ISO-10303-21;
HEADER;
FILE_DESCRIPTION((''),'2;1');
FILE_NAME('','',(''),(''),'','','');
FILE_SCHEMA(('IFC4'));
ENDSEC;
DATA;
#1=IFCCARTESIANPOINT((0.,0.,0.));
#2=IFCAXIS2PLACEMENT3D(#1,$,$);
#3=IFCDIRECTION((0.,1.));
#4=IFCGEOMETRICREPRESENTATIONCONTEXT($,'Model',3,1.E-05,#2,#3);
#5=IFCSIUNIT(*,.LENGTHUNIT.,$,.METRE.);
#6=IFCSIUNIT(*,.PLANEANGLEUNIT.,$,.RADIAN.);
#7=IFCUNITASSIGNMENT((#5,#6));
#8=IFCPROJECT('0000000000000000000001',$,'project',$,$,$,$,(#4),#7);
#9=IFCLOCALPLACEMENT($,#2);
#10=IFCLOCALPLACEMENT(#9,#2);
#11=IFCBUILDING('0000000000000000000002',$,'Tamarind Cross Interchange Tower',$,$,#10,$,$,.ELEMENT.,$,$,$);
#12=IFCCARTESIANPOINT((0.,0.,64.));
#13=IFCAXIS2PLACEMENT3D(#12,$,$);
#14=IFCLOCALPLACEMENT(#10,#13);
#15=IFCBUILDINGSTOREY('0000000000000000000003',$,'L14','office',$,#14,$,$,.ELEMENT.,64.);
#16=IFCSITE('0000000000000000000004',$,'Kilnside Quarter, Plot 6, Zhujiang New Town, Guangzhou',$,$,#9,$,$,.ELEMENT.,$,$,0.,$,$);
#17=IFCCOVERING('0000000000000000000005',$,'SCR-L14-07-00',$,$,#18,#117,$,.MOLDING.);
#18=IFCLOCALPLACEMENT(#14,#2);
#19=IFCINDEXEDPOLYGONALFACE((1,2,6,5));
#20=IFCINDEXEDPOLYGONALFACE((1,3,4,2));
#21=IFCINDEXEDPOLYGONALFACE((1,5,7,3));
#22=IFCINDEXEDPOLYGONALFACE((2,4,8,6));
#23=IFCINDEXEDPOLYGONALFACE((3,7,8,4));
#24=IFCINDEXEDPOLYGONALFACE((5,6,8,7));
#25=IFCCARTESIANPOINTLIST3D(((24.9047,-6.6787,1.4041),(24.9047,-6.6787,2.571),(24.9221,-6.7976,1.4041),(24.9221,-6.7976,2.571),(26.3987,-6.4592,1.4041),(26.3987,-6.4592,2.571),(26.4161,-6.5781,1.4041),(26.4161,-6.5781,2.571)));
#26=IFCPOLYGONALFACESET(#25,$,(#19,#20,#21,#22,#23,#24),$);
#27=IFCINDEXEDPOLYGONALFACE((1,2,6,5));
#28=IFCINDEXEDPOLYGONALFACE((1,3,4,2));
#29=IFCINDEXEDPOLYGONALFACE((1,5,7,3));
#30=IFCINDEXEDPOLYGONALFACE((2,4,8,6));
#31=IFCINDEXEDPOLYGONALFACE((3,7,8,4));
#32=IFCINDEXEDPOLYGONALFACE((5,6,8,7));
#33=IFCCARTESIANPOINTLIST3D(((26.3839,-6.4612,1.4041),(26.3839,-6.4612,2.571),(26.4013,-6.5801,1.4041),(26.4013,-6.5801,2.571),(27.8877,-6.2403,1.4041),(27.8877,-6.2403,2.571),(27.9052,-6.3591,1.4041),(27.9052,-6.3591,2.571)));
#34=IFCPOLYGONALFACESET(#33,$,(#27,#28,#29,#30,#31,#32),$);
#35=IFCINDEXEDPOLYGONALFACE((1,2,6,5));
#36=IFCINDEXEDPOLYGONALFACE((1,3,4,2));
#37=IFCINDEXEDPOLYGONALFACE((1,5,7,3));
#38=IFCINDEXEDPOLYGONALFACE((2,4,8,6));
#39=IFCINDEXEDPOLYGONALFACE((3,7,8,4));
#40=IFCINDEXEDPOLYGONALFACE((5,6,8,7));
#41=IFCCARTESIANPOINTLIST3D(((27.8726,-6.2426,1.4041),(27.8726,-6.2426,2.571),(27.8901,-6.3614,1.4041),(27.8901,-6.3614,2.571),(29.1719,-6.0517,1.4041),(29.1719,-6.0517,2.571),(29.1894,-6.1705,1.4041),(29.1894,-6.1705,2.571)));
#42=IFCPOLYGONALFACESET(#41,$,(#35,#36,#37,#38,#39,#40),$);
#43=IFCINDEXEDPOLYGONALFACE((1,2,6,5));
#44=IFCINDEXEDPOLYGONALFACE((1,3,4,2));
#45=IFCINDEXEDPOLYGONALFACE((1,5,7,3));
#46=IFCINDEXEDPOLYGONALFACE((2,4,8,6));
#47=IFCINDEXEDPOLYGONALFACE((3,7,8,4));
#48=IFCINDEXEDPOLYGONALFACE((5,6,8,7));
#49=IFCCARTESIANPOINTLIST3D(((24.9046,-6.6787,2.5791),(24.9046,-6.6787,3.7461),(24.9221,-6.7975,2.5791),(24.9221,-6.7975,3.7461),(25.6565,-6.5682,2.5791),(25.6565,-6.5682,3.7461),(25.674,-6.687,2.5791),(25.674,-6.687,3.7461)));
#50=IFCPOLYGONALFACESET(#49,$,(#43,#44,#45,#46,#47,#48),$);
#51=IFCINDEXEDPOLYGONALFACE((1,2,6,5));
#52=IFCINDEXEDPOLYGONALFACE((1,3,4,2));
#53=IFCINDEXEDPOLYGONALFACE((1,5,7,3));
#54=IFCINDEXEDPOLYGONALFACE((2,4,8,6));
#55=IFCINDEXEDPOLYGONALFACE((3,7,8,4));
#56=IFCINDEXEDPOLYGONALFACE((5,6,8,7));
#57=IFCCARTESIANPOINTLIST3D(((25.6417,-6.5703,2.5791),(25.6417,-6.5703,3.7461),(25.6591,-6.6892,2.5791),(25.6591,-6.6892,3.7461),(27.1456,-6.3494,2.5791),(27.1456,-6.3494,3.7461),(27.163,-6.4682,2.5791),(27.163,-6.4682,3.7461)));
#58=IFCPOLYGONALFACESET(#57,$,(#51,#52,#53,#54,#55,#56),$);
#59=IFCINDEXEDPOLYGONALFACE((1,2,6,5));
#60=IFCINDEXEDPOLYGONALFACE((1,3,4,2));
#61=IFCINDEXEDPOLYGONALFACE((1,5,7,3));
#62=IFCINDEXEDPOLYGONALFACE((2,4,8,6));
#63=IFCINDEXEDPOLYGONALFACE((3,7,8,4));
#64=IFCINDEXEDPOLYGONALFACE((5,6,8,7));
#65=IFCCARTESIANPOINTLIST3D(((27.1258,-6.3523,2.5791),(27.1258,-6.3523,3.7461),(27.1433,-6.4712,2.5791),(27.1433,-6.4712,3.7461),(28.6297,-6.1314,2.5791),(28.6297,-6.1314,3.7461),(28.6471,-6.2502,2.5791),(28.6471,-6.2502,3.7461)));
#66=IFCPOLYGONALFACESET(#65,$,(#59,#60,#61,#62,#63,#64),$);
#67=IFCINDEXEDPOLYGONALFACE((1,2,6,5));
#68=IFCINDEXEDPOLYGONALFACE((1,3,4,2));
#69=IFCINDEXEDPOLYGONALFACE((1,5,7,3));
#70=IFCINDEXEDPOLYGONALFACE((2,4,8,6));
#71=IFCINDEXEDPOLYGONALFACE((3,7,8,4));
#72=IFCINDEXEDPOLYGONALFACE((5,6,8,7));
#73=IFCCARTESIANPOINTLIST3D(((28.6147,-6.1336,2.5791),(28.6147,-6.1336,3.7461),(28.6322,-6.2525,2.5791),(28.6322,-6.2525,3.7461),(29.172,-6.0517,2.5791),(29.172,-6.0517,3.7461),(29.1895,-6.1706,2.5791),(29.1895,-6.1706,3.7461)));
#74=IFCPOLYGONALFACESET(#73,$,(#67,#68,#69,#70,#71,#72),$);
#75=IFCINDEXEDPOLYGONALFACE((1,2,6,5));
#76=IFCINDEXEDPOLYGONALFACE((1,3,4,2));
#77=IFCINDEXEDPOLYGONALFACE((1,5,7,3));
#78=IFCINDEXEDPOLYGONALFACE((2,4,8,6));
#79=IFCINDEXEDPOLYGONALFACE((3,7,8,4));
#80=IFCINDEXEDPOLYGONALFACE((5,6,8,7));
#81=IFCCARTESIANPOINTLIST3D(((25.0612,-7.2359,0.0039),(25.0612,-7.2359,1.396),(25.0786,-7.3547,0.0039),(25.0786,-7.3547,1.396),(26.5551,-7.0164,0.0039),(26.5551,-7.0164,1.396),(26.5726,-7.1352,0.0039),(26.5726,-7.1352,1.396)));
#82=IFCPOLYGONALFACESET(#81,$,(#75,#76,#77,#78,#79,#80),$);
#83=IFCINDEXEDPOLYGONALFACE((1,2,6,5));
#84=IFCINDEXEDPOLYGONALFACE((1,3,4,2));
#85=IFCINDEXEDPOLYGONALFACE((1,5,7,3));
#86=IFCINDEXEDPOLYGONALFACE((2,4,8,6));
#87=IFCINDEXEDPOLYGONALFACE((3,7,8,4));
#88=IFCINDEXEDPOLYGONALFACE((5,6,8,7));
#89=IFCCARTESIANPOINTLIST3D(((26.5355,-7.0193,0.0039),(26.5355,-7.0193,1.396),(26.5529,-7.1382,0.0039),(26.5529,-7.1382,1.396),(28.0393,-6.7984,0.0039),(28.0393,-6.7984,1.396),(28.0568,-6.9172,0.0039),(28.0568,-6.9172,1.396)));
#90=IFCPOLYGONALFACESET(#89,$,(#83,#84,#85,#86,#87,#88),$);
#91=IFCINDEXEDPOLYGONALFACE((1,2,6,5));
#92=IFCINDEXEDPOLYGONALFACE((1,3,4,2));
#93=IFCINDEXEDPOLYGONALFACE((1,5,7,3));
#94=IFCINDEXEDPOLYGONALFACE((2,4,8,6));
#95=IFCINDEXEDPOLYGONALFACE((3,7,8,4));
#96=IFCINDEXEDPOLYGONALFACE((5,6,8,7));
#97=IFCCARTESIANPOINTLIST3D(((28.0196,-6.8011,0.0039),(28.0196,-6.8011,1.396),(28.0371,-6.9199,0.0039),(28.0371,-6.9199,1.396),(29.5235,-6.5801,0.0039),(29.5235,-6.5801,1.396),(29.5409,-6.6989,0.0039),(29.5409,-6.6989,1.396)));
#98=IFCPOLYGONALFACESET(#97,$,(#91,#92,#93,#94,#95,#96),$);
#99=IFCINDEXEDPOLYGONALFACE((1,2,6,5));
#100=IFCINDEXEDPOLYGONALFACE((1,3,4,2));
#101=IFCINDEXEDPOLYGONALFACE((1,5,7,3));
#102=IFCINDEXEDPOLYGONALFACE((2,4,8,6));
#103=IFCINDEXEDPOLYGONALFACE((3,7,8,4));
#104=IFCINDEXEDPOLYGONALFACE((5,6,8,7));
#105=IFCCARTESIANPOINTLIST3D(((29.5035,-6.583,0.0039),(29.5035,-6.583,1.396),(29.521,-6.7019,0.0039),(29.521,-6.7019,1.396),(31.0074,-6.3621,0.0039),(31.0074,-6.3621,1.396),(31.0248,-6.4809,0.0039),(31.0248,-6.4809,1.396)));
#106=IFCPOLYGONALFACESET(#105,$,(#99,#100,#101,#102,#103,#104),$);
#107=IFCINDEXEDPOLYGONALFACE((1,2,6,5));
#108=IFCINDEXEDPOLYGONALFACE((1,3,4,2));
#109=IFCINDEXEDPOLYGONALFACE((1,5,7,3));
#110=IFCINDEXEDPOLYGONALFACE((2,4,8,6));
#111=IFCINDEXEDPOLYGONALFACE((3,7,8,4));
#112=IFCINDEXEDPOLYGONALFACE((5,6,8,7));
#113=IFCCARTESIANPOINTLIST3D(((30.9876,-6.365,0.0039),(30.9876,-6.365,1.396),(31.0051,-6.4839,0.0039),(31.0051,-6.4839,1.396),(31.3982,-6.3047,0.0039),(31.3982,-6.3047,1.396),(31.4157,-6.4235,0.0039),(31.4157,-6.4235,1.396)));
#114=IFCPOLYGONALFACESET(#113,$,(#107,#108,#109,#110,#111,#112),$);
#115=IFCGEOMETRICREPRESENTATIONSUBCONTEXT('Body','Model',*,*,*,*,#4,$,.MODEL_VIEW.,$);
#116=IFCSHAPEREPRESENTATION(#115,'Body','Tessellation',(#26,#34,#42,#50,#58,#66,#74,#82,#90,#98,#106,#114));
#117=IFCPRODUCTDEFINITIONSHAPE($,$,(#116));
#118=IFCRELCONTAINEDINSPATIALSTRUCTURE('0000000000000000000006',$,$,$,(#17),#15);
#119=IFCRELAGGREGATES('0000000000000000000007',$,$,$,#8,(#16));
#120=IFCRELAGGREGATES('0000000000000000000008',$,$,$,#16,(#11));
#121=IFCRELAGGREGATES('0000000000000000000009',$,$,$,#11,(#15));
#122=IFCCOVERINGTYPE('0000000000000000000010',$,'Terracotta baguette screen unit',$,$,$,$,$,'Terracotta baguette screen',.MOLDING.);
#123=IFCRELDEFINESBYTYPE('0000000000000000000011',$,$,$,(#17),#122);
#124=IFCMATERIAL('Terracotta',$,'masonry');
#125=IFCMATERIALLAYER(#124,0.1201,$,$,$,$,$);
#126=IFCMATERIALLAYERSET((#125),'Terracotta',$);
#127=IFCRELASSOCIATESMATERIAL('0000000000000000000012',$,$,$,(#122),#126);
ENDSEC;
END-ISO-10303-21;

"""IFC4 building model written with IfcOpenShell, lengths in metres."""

from ifc_helpers import new_model, si_unit, direction, frame, origin, origin_2d, place, context, subcontext, project, spatial, rectangle, extrude, material, layer, layer_set, type_object, element, save


model = new_model("IFC4")

# Units and contexts
model_context = context("Model", 3, precision=1e-05, world=origin(), true_north=direction((0.0, 1.0)))
body_context = subcontext(model_context, "Body", "Model", "MODEL_VIEW")
ifc_project = project(units=[si_unit("LENGTHUNIT", "METRE"), si_unit("PLANEANGLEUNIT", "RADIAN")], contexts=[model_context])

# Site, building, storey
site_placement = place(None, origin())
site = spatial("IfcSite", under=ifc_project, at=site_placement, Name="Kilnside Quarter, Plot 6, Zhujiang New Town, Guangzhou", CompositionType="ELEMENT", RefElevation=0.0)
building_placement = place(site_placement, origin())
building = spatial("IfcBuilding", under=site, at=building_placement, Name="Tamarind Cross Interchange Tower", CompositionType="ELEMENT")
storey_placement = place(building_placement, frame((0.0, 0.0, 64.0)))
storey = spatial("IfcBuildingStorey", under=building, at=storey_placement, Name="L14", Description="office", CompositionType="ELEMENT", Elevation=64.0)

# Covering
ifc_material_1 = material(Name="Terracotta", Category="masonry")
ifc_layer_1 = layer(ifc_material_1, 0.1201)
ifc_layer_set_1 = layer_set([ifc_layer_1], Name="Terracotta")
covering_type = type_object("IfcCoveringType", Name="Terracotta baguette screen unit", ElementType="Terracotta baguette screen", PredefinedType="MOLDING", material=ifc_layer_set_1)
covering_1_placement = place(storey_placement, origin())
element("IfcCovering", 1, at=covering_1_placement, inside=storey, type_object=covering_type, Name="SCR-L14-07-00", PredefinedType="MOLDING", context=body_context, shape_type="SweptSolid", body=[
    extrude(rectangle(XDim=1.51, YDim=0.1201, at=origin_2d()), frame((25.6604, -6.6284, 1.4041), z_axis=(0.0, 0.0, 1.0), x_axis=(0.989378, 0.145365, 0.0)), (0.0, 0.0, 1.0), 1.167),
    extrude(rectangle(XDim=1.52, YDim=0.1201, at=origin_2d()), frame((27.1445, -6.4102, 1.4041), z_axis=(0.0, 0.0, 1.0), x_axis=(0.989378, 0.145365, 0.0)), (0.0, 0.0, 1.0), 1.167),
    extrude(rectangle(XDim=1.3132, YDim=0.1201, at=origin_2d()), frame((28.531, -6.2065, 1.4041), z_axis=(0.0, 0.0, 1.0), x_axis=(0.989378, 0.145365, 0.0)), (0.0, 0.0, 1.0), 1.167),
    extrude(rectangle(XDim=0.76, YDim=0.1201, at=origin_2d()), frame((25.2893, -6.6829, 2.5791), z_axis=(0.0, 0.0, 1.0), x_axis=(0.989378, 0.145365, 0.0)), (0.0, 0.0, 1.0), 1.167),
    extrude(rectangle(XDim=1.52, YDim=0.1201, at=origin_2d()), frame((26.4023, -6.5193, 2.5791), z_axis=(0.0, 0.0, 1.0), x_axis=(0.989378, 0.145365, 0.0)), (0.0, 0.0, 1.0), 1.167),
    extrude(rectangle(XDim=1.52, YDim=0.1201, at=origin_2d()), frame((27.8865, -6.3013, 2.5791), z_axis=(0.0, 0.0, 1.0), x_axis=(0.989378, 0.145365, 0.0)), (0.0, 0.0, 1.0), 1.167),
    extrude(rectangle(XDim=0.5632, YDim=0.1201, at=origin_2d()), frame((28.9021, -6.1521, 2.5791), z_axis=(0.0, 0.0, 1.0), x_axis=(0.989378, 0.145365, 0.0)), (0.0, 0.0, 1.0), 1.167),
    extrude(rectangle(XDim=1.51, YDim=0.1201, at=origin_2d()), frame((25.8169, -7.1855, 0.0039), z_axis=(0.0, 0.0, 1.0), x_axis=(0.989378, 0.145365, 0.0)), (0.0, 0.0, 1.0), 1.3921),
    extrude(rectangle(XDim=1.52, YDim=0.1201, at=origin_2d()), frame((27.2961, -6.9683, 0.0039), z_axis=(0.0, 0.0, 1.0), x_axis=(0.989378, 0.145365, 0.0)), (0.0, 0.0, 1.0), 1.3921),
    extrude(rectangle(XDim=1.52, YDim=0.1201, at=origin_2d()), frame((28.7803, -6.75, 0.0039), z_axis=(0.0, 0.0, 1.0), x_axis=(0.989378, 0.145365, 0.0)), (0.0, 0.0, 1.0), 1.3921),
    extrude(rectangle(XDim=1.52, YDim=0.1201, at=origin_2d()), frame((30.2642, -6.532, 0.0039), z_axis=(0.0, 0.0, 1.0), x_axis=(0.989378, 0.145365, 0.0)), (0.0, 0.0, 1.0), 1.3921),
    extrude(rectangle(XDim=0.415, YDim=0.1201, at=origin_2d()), frame((31.2017, -6.3943, 0.0039), z_axis=(0.0, 0.0, 1.0), x_axis=(0.989378, 0.145365, 0.0)), (0.0, 0.0, 1.0), 1.3921),
])

save(model, "model.ifc")
